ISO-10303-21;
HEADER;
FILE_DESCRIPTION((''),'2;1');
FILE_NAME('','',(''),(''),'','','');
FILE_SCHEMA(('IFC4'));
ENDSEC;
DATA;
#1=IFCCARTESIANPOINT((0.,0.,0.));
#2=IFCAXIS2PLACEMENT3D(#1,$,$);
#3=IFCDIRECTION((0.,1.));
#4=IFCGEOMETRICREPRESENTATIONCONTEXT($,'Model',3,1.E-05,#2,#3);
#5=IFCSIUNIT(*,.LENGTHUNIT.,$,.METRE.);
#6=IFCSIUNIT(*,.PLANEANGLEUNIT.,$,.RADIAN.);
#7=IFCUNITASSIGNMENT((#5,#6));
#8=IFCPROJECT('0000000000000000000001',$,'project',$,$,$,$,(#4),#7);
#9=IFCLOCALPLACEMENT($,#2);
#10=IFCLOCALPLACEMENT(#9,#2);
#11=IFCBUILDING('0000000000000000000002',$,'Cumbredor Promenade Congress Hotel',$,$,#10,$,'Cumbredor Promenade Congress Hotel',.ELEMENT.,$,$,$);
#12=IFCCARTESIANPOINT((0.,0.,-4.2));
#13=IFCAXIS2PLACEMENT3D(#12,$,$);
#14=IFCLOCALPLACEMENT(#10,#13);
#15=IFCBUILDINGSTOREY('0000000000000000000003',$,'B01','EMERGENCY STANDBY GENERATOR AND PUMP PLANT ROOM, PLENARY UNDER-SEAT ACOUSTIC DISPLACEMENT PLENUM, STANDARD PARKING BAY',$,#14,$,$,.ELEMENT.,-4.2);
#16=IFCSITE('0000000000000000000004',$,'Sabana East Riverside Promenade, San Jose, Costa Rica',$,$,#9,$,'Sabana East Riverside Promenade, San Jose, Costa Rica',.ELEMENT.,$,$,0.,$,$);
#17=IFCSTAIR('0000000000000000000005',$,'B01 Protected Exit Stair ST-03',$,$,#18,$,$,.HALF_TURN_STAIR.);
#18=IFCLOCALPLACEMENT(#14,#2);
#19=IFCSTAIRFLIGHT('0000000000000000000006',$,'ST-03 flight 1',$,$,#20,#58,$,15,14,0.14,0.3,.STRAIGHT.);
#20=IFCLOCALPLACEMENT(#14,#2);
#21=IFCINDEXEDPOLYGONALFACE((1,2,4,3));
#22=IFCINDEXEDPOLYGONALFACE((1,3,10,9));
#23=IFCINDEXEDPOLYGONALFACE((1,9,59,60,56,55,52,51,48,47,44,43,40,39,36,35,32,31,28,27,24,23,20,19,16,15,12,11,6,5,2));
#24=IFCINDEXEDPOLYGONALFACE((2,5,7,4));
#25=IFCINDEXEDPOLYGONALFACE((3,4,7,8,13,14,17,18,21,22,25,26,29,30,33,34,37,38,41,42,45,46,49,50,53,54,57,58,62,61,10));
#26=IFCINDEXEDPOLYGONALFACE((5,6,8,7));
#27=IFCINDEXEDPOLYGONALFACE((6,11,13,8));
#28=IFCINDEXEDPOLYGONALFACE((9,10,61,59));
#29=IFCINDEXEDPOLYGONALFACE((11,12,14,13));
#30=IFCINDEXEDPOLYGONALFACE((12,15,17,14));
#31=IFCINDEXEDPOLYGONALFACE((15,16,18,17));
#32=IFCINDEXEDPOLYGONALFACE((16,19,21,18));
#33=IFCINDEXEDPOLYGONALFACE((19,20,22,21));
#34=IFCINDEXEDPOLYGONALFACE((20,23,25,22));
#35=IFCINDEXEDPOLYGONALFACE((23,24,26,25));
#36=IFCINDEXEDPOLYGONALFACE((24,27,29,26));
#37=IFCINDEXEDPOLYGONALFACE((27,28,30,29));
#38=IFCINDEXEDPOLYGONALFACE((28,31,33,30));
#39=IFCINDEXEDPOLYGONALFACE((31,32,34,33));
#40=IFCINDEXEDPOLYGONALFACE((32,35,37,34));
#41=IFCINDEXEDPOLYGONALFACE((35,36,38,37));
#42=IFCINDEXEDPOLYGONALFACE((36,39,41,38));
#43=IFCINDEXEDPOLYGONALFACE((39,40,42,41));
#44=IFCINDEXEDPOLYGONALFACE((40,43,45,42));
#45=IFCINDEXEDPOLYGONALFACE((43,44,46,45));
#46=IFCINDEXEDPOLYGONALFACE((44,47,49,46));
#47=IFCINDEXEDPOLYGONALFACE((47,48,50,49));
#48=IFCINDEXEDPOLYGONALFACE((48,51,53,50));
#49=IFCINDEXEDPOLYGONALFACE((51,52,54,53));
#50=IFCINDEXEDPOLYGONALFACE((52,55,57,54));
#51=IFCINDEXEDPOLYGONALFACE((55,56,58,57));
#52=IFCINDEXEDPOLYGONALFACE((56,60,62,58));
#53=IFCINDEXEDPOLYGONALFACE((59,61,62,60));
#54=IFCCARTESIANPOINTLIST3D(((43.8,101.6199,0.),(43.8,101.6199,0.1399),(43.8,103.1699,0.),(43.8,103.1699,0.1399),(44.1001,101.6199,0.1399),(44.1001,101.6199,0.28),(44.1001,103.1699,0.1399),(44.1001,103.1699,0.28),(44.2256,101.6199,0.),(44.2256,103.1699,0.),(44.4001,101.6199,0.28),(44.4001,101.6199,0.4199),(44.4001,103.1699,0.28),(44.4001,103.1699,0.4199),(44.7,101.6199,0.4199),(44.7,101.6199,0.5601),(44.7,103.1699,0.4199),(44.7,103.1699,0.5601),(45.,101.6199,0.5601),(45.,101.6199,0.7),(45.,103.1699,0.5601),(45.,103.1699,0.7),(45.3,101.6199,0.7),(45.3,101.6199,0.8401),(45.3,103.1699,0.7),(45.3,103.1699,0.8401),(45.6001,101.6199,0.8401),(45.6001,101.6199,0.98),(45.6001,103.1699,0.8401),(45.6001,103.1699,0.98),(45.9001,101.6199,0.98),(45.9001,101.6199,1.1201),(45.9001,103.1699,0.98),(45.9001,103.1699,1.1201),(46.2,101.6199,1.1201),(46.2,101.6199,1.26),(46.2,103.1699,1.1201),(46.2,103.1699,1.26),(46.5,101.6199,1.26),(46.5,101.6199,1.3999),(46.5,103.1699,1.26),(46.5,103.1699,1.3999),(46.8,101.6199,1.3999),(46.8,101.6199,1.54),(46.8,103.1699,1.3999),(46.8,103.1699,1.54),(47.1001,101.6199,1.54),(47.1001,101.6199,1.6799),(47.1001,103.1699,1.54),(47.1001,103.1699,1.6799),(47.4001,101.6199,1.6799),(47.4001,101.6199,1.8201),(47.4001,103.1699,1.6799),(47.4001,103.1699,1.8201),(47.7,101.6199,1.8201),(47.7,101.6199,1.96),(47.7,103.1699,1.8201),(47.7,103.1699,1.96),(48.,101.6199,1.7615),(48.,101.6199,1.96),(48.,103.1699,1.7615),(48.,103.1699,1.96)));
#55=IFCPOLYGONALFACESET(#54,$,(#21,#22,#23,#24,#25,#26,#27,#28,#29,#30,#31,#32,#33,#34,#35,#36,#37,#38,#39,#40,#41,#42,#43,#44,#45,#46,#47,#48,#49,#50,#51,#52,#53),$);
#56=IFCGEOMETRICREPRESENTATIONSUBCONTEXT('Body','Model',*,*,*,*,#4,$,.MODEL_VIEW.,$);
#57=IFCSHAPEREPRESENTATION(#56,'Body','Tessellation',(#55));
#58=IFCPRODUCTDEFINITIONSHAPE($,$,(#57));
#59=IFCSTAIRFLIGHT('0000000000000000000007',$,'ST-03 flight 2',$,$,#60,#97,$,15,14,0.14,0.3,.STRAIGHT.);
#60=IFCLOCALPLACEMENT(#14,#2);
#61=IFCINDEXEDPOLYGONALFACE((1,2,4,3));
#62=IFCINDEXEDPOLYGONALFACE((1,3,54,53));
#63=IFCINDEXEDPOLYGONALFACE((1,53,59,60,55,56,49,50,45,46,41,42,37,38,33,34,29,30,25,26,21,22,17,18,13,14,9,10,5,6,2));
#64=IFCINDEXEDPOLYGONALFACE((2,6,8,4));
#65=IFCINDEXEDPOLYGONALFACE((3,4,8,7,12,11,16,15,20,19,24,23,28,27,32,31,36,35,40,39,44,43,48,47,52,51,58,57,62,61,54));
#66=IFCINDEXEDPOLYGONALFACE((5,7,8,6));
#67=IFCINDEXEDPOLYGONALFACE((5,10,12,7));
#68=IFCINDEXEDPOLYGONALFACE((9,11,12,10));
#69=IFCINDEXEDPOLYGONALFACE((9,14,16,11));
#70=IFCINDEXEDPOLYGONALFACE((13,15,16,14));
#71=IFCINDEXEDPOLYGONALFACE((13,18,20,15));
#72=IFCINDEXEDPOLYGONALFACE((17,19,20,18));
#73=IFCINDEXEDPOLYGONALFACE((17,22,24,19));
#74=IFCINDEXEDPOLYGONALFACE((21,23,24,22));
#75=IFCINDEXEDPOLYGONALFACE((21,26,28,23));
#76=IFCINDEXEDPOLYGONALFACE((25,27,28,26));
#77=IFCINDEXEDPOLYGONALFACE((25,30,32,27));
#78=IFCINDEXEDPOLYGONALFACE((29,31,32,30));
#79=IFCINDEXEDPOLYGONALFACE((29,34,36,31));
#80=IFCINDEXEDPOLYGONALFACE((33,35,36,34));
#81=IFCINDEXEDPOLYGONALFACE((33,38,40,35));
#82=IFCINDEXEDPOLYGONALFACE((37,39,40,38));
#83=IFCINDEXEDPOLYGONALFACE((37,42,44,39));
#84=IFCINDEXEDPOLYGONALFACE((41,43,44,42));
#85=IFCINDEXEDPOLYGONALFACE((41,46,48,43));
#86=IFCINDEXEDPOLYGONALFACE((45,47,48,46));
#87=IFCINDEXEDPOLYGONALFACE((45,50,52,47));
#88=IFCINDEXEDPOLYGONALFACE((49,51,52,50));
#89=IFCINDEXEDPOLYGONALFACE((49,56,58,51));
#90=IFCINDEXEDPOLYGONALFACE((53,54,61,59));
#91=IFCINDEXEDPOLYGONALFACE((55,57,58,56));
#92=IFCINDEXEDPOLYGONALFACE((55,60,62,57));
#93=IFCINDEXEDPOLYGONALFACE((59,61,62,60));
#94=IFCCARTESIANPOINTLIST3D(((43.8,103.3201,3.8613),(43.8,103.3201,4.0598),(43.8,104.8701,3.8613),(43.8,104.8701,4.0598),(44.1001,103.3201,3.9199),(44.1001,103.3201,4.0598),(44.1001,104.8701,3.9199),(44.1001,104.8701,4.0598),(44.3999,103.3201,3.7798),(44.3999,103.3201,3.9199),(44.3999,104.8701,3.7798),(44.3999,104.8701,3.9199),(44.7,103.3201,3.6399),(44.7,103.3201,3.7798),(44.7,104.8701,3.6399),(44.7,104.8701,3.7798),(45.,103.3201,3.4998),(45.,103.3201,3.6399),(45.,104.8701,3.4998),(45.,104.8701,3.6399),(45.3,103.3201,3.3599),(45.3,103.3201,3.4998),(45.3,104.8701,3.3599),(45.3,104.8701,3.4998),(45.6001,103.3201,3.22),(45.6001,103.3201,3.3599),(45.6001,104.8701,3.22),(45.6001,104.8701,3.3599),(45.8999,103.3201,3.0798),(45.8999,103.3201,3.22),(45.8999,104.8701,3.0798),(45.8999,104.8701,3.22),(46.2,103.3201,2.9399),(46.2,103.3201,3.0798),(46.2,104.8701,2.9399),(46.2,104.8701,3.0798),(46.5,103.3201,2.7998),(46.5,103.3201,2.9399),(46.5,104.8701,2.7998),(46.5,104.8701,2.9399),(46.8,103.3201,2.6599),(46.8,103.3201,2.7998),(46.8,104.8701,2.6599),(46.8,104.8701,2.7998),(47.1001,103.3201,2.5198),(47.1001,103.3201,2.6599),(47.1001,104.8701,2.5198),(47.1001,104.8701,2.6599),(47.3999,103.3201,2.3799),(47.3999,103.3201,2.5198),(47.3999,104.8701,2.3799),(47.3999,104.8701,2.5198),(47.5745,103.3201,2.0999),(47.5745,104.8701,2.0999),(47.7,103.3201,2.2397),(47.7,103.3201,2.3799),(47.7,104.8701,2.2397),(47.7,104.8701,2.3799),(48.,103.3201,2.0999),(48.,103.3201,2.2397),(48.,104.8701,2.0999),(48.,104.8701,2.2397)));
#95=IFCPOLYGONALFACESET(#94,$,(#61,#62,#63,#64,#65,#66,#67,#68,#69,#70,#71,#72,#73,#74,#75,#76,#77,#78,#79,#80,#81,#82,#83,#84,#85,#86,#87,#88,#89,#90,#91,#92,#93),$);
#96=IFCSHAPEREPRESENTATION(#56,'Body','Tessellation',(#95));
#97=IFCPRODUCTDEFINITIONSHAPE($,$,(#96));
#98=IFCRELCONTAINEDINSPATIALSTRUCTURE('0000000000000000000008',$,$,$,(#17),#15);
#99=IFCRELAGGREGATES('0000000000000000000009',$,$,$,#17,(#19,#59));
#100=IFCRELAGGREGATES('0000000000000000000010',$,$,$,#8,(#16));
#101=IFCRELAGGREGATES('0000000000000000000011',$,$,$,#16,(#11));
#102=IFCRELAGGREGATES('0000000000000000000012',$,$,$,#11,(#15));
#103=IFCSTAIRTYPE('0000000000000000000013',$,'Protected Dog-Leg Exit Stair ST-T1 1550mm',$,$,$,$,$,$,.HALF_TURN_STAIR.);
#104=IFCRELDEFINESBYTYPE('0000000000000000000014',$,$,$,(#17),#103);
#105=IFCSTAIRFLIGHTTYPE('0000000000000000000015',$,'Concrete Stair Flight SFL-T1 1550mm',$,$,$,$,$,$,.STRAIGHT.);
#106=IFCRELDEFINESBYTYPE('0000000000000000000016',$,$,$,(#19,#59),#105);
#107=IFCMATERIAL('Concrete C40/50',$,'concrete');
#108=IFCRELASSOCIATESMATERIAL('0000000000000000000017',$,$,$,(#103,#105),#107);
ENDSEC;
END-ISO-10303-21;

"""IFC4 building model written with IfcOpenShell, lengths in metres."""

from ifc_helpers import new_model, si_unit, direction, frame, origin, place, context, subcontext, project, spatial, polyline, outline, extrude, material, type_object, element, aggregate, save


model = new_model("IFC4")

# Units and contexts
model_context = context("Model", 3, precision=1e-05, world=origin(), true_north=direction((0.0, 1.0)))
body_context = subcontext(model_context, "Body", "Model", "MODEL_VIEW")
ifc_project = project(units=[si_unit("LENGTHUNIT", "METRE"), si_unit("PLANEANGLEUNIT", "RADIAN")], contexts=[model_context])

# Site, building, storey
site_placement = place(None, origin())
site = spatial("IfcSite", under=ifc_project, at=site_placement, Name="Sabana East Riverside Promenade, San Jose, Costa Rica", LongName="Sabana East Riverside Promenade, San Jose, Costa Rica", CompositionType="ELEMENT", RefElevation=0.0)
building_placement = place(site_placement, origin())
building = spatial("IfcBuilding", under=site, at=building_placement, Name="Cumbredor Promenade Congress Hotel", LongName="Cumbredor Promenade Congress Hotel", CompositionType="ELEMENT")
storey_placement = place(building_placement, frame((0.0, 0.0, -4.2)))
storey = spatial("IfcBuildingStorey", under=building, at=storey_placement, Name="B01", Description="EMERGENCY STANDBY GENERATOR AND PUMP PLANT ROOM, PLENARY UNDER-SEAT ACOUSTIC DISPLACEMENT PLENUM, STANDARD PARKING BAY", CompositionType="ELEMENT", Elevation=-4.2)

# Shared definitions
ifc_material_1 = material(Name="Concrete C40/50", Category="concrete")

# Stair, stair flights
stair_type = type_object("IfcStairType", Name="Protected Dog-Leg Exit Stair ST-T1 1550mm", PredefinedType="HALF_TURN_STAIR", material=ifc_material_1)
stair_placement = place(storey_placement, origin())
stair = element("IfcStair", 1, at=stair_placement, inside=storey, type_object=stair_type, Name="B01 Protected Exit Stair ST-03", PredefinedType="HALF_TURN_STAIR")
stair_flight_type = type_object("IfcStairFlightType", Name="Concrete Stair Flight SFL-T1 1550mm", PredefinedType="STRAIGHT", material=ifc_material_1)
stair_flight_1_placement = place(storey_placement, frame((43.8, 102.395, 0.0), z_axis=(0.0, 0.0, 1.0), x_axis=(1.0, 0.0, 0.0)))
stair_flight_1 = element("IfcStairFlight", 2, at=stair_flight_1_placement, type_object=stair_flight_type, Name="ST-03 flight 1", NumberOfRisers=15, NumberOfTreads=14, PredefinedType="STRAIGHT", RiserHeight=0.14, TreadLength=0.3, context=body_context, shape_type="SweptSolid", body=[
    extrude(outline(polyline([(0.0, 0.0), (0.0, 0.1399), (0.3, 0.1399), (0.3, 0.28), (0.6001, 0.28), (0.6001, 0.4199), (0.8999, 0.4199), (0.8999, 0.5601), (1.2, 0.5601), (1.2, 0.7), (1.5, 0.7), (1.5, 0.8401), (1.8, 0.8401), (1.8, 0.98), (2.1001, 0.98), (2.1001, 1.1201), (2.3999, 1.1201), (2.3999, 1.26), (2.7, 1.26), (2.7, 1.3999), (3.0, 1.3999), (3.0, 1.54), (3.3, 1.54), (3.3, 1.6799), (3.6001, 1.6799), (3.6001, 1.8201), (3.8999, 1.8201), (3.8999, 1.96), (4.2, 1.96), (4.2, 2.1001), (4.2, 1.7615), (0.4255, 0.0), (0.0, 0.0)])), frame((0.0, 0.7749, 0.0), z_axis=(0.0, -1.0, 0.0), x_axis=(1.0, 0.0, 0.0)), (0.0, 0.0, 1.0), 1.55),
])
stair_flight_2_placement = place(storey_placement, frame((48.0, 104.095, 2.0999), z_axis=(0.0, 0.0, 1.0), x_axis=(-1.0, 0.0, 0.0)))
stair_flight_2 = element("IfcStairFlight", 3, at=stair_flight_2_placement, type_object=stair_flight_type, Name="ST-03 flight 2", NumberOfRisers=15, NumberOfTreads=14, PredefinedType="STRAIGHT", RiserHeight=0.14, TreadLength=0.3, context=body_context, shape_type="SweptSolid", body=[
    extrude(outline(polyline([(0.0, 0.0), (0.0, 0.1399), (0.3, 0.1399), (0.3, 0.28), (0.6001, 0.28), (0.6001, 0.4199), (0.8999, 0.4199), (0.8999, 0.5601), (1.2, 0.5601), (1.2, 0.7), (1.5, 0.7), (1.5, 0.8401), (1.8, 0.8401), (1.8, 0.98), (2.1001, 0.98), (2.1001, 1.1201), (2.3999, 1.1201), (2.3999, 1.26), (2.7, 1.26), (2.7, 1.3999), (3.0, 1.3999), (3.0, 1.54), (3.3, 1.54), (3.3, 1.6799), (3.6001, 1.6799), (3.6001, 1.8201), (3.8999, 1.8201), (3.8999, 1.96), (4.2, 1.96), (4.2, 2.1001), (4.2, 1.7615), (0.4255, 0.0), (0.0, 0.0)])), frame((0.0, 0.7749, 0.0), z_axis=(0.0, -1.0, 0.0), x_axis=(1.0, 0.0, 0.0)), (0.0, 0.0, 1.0), 1.55),
])
aggregate(stair, [stair_flight_1, stair_flight_2])

save(model, "model.ifc")
